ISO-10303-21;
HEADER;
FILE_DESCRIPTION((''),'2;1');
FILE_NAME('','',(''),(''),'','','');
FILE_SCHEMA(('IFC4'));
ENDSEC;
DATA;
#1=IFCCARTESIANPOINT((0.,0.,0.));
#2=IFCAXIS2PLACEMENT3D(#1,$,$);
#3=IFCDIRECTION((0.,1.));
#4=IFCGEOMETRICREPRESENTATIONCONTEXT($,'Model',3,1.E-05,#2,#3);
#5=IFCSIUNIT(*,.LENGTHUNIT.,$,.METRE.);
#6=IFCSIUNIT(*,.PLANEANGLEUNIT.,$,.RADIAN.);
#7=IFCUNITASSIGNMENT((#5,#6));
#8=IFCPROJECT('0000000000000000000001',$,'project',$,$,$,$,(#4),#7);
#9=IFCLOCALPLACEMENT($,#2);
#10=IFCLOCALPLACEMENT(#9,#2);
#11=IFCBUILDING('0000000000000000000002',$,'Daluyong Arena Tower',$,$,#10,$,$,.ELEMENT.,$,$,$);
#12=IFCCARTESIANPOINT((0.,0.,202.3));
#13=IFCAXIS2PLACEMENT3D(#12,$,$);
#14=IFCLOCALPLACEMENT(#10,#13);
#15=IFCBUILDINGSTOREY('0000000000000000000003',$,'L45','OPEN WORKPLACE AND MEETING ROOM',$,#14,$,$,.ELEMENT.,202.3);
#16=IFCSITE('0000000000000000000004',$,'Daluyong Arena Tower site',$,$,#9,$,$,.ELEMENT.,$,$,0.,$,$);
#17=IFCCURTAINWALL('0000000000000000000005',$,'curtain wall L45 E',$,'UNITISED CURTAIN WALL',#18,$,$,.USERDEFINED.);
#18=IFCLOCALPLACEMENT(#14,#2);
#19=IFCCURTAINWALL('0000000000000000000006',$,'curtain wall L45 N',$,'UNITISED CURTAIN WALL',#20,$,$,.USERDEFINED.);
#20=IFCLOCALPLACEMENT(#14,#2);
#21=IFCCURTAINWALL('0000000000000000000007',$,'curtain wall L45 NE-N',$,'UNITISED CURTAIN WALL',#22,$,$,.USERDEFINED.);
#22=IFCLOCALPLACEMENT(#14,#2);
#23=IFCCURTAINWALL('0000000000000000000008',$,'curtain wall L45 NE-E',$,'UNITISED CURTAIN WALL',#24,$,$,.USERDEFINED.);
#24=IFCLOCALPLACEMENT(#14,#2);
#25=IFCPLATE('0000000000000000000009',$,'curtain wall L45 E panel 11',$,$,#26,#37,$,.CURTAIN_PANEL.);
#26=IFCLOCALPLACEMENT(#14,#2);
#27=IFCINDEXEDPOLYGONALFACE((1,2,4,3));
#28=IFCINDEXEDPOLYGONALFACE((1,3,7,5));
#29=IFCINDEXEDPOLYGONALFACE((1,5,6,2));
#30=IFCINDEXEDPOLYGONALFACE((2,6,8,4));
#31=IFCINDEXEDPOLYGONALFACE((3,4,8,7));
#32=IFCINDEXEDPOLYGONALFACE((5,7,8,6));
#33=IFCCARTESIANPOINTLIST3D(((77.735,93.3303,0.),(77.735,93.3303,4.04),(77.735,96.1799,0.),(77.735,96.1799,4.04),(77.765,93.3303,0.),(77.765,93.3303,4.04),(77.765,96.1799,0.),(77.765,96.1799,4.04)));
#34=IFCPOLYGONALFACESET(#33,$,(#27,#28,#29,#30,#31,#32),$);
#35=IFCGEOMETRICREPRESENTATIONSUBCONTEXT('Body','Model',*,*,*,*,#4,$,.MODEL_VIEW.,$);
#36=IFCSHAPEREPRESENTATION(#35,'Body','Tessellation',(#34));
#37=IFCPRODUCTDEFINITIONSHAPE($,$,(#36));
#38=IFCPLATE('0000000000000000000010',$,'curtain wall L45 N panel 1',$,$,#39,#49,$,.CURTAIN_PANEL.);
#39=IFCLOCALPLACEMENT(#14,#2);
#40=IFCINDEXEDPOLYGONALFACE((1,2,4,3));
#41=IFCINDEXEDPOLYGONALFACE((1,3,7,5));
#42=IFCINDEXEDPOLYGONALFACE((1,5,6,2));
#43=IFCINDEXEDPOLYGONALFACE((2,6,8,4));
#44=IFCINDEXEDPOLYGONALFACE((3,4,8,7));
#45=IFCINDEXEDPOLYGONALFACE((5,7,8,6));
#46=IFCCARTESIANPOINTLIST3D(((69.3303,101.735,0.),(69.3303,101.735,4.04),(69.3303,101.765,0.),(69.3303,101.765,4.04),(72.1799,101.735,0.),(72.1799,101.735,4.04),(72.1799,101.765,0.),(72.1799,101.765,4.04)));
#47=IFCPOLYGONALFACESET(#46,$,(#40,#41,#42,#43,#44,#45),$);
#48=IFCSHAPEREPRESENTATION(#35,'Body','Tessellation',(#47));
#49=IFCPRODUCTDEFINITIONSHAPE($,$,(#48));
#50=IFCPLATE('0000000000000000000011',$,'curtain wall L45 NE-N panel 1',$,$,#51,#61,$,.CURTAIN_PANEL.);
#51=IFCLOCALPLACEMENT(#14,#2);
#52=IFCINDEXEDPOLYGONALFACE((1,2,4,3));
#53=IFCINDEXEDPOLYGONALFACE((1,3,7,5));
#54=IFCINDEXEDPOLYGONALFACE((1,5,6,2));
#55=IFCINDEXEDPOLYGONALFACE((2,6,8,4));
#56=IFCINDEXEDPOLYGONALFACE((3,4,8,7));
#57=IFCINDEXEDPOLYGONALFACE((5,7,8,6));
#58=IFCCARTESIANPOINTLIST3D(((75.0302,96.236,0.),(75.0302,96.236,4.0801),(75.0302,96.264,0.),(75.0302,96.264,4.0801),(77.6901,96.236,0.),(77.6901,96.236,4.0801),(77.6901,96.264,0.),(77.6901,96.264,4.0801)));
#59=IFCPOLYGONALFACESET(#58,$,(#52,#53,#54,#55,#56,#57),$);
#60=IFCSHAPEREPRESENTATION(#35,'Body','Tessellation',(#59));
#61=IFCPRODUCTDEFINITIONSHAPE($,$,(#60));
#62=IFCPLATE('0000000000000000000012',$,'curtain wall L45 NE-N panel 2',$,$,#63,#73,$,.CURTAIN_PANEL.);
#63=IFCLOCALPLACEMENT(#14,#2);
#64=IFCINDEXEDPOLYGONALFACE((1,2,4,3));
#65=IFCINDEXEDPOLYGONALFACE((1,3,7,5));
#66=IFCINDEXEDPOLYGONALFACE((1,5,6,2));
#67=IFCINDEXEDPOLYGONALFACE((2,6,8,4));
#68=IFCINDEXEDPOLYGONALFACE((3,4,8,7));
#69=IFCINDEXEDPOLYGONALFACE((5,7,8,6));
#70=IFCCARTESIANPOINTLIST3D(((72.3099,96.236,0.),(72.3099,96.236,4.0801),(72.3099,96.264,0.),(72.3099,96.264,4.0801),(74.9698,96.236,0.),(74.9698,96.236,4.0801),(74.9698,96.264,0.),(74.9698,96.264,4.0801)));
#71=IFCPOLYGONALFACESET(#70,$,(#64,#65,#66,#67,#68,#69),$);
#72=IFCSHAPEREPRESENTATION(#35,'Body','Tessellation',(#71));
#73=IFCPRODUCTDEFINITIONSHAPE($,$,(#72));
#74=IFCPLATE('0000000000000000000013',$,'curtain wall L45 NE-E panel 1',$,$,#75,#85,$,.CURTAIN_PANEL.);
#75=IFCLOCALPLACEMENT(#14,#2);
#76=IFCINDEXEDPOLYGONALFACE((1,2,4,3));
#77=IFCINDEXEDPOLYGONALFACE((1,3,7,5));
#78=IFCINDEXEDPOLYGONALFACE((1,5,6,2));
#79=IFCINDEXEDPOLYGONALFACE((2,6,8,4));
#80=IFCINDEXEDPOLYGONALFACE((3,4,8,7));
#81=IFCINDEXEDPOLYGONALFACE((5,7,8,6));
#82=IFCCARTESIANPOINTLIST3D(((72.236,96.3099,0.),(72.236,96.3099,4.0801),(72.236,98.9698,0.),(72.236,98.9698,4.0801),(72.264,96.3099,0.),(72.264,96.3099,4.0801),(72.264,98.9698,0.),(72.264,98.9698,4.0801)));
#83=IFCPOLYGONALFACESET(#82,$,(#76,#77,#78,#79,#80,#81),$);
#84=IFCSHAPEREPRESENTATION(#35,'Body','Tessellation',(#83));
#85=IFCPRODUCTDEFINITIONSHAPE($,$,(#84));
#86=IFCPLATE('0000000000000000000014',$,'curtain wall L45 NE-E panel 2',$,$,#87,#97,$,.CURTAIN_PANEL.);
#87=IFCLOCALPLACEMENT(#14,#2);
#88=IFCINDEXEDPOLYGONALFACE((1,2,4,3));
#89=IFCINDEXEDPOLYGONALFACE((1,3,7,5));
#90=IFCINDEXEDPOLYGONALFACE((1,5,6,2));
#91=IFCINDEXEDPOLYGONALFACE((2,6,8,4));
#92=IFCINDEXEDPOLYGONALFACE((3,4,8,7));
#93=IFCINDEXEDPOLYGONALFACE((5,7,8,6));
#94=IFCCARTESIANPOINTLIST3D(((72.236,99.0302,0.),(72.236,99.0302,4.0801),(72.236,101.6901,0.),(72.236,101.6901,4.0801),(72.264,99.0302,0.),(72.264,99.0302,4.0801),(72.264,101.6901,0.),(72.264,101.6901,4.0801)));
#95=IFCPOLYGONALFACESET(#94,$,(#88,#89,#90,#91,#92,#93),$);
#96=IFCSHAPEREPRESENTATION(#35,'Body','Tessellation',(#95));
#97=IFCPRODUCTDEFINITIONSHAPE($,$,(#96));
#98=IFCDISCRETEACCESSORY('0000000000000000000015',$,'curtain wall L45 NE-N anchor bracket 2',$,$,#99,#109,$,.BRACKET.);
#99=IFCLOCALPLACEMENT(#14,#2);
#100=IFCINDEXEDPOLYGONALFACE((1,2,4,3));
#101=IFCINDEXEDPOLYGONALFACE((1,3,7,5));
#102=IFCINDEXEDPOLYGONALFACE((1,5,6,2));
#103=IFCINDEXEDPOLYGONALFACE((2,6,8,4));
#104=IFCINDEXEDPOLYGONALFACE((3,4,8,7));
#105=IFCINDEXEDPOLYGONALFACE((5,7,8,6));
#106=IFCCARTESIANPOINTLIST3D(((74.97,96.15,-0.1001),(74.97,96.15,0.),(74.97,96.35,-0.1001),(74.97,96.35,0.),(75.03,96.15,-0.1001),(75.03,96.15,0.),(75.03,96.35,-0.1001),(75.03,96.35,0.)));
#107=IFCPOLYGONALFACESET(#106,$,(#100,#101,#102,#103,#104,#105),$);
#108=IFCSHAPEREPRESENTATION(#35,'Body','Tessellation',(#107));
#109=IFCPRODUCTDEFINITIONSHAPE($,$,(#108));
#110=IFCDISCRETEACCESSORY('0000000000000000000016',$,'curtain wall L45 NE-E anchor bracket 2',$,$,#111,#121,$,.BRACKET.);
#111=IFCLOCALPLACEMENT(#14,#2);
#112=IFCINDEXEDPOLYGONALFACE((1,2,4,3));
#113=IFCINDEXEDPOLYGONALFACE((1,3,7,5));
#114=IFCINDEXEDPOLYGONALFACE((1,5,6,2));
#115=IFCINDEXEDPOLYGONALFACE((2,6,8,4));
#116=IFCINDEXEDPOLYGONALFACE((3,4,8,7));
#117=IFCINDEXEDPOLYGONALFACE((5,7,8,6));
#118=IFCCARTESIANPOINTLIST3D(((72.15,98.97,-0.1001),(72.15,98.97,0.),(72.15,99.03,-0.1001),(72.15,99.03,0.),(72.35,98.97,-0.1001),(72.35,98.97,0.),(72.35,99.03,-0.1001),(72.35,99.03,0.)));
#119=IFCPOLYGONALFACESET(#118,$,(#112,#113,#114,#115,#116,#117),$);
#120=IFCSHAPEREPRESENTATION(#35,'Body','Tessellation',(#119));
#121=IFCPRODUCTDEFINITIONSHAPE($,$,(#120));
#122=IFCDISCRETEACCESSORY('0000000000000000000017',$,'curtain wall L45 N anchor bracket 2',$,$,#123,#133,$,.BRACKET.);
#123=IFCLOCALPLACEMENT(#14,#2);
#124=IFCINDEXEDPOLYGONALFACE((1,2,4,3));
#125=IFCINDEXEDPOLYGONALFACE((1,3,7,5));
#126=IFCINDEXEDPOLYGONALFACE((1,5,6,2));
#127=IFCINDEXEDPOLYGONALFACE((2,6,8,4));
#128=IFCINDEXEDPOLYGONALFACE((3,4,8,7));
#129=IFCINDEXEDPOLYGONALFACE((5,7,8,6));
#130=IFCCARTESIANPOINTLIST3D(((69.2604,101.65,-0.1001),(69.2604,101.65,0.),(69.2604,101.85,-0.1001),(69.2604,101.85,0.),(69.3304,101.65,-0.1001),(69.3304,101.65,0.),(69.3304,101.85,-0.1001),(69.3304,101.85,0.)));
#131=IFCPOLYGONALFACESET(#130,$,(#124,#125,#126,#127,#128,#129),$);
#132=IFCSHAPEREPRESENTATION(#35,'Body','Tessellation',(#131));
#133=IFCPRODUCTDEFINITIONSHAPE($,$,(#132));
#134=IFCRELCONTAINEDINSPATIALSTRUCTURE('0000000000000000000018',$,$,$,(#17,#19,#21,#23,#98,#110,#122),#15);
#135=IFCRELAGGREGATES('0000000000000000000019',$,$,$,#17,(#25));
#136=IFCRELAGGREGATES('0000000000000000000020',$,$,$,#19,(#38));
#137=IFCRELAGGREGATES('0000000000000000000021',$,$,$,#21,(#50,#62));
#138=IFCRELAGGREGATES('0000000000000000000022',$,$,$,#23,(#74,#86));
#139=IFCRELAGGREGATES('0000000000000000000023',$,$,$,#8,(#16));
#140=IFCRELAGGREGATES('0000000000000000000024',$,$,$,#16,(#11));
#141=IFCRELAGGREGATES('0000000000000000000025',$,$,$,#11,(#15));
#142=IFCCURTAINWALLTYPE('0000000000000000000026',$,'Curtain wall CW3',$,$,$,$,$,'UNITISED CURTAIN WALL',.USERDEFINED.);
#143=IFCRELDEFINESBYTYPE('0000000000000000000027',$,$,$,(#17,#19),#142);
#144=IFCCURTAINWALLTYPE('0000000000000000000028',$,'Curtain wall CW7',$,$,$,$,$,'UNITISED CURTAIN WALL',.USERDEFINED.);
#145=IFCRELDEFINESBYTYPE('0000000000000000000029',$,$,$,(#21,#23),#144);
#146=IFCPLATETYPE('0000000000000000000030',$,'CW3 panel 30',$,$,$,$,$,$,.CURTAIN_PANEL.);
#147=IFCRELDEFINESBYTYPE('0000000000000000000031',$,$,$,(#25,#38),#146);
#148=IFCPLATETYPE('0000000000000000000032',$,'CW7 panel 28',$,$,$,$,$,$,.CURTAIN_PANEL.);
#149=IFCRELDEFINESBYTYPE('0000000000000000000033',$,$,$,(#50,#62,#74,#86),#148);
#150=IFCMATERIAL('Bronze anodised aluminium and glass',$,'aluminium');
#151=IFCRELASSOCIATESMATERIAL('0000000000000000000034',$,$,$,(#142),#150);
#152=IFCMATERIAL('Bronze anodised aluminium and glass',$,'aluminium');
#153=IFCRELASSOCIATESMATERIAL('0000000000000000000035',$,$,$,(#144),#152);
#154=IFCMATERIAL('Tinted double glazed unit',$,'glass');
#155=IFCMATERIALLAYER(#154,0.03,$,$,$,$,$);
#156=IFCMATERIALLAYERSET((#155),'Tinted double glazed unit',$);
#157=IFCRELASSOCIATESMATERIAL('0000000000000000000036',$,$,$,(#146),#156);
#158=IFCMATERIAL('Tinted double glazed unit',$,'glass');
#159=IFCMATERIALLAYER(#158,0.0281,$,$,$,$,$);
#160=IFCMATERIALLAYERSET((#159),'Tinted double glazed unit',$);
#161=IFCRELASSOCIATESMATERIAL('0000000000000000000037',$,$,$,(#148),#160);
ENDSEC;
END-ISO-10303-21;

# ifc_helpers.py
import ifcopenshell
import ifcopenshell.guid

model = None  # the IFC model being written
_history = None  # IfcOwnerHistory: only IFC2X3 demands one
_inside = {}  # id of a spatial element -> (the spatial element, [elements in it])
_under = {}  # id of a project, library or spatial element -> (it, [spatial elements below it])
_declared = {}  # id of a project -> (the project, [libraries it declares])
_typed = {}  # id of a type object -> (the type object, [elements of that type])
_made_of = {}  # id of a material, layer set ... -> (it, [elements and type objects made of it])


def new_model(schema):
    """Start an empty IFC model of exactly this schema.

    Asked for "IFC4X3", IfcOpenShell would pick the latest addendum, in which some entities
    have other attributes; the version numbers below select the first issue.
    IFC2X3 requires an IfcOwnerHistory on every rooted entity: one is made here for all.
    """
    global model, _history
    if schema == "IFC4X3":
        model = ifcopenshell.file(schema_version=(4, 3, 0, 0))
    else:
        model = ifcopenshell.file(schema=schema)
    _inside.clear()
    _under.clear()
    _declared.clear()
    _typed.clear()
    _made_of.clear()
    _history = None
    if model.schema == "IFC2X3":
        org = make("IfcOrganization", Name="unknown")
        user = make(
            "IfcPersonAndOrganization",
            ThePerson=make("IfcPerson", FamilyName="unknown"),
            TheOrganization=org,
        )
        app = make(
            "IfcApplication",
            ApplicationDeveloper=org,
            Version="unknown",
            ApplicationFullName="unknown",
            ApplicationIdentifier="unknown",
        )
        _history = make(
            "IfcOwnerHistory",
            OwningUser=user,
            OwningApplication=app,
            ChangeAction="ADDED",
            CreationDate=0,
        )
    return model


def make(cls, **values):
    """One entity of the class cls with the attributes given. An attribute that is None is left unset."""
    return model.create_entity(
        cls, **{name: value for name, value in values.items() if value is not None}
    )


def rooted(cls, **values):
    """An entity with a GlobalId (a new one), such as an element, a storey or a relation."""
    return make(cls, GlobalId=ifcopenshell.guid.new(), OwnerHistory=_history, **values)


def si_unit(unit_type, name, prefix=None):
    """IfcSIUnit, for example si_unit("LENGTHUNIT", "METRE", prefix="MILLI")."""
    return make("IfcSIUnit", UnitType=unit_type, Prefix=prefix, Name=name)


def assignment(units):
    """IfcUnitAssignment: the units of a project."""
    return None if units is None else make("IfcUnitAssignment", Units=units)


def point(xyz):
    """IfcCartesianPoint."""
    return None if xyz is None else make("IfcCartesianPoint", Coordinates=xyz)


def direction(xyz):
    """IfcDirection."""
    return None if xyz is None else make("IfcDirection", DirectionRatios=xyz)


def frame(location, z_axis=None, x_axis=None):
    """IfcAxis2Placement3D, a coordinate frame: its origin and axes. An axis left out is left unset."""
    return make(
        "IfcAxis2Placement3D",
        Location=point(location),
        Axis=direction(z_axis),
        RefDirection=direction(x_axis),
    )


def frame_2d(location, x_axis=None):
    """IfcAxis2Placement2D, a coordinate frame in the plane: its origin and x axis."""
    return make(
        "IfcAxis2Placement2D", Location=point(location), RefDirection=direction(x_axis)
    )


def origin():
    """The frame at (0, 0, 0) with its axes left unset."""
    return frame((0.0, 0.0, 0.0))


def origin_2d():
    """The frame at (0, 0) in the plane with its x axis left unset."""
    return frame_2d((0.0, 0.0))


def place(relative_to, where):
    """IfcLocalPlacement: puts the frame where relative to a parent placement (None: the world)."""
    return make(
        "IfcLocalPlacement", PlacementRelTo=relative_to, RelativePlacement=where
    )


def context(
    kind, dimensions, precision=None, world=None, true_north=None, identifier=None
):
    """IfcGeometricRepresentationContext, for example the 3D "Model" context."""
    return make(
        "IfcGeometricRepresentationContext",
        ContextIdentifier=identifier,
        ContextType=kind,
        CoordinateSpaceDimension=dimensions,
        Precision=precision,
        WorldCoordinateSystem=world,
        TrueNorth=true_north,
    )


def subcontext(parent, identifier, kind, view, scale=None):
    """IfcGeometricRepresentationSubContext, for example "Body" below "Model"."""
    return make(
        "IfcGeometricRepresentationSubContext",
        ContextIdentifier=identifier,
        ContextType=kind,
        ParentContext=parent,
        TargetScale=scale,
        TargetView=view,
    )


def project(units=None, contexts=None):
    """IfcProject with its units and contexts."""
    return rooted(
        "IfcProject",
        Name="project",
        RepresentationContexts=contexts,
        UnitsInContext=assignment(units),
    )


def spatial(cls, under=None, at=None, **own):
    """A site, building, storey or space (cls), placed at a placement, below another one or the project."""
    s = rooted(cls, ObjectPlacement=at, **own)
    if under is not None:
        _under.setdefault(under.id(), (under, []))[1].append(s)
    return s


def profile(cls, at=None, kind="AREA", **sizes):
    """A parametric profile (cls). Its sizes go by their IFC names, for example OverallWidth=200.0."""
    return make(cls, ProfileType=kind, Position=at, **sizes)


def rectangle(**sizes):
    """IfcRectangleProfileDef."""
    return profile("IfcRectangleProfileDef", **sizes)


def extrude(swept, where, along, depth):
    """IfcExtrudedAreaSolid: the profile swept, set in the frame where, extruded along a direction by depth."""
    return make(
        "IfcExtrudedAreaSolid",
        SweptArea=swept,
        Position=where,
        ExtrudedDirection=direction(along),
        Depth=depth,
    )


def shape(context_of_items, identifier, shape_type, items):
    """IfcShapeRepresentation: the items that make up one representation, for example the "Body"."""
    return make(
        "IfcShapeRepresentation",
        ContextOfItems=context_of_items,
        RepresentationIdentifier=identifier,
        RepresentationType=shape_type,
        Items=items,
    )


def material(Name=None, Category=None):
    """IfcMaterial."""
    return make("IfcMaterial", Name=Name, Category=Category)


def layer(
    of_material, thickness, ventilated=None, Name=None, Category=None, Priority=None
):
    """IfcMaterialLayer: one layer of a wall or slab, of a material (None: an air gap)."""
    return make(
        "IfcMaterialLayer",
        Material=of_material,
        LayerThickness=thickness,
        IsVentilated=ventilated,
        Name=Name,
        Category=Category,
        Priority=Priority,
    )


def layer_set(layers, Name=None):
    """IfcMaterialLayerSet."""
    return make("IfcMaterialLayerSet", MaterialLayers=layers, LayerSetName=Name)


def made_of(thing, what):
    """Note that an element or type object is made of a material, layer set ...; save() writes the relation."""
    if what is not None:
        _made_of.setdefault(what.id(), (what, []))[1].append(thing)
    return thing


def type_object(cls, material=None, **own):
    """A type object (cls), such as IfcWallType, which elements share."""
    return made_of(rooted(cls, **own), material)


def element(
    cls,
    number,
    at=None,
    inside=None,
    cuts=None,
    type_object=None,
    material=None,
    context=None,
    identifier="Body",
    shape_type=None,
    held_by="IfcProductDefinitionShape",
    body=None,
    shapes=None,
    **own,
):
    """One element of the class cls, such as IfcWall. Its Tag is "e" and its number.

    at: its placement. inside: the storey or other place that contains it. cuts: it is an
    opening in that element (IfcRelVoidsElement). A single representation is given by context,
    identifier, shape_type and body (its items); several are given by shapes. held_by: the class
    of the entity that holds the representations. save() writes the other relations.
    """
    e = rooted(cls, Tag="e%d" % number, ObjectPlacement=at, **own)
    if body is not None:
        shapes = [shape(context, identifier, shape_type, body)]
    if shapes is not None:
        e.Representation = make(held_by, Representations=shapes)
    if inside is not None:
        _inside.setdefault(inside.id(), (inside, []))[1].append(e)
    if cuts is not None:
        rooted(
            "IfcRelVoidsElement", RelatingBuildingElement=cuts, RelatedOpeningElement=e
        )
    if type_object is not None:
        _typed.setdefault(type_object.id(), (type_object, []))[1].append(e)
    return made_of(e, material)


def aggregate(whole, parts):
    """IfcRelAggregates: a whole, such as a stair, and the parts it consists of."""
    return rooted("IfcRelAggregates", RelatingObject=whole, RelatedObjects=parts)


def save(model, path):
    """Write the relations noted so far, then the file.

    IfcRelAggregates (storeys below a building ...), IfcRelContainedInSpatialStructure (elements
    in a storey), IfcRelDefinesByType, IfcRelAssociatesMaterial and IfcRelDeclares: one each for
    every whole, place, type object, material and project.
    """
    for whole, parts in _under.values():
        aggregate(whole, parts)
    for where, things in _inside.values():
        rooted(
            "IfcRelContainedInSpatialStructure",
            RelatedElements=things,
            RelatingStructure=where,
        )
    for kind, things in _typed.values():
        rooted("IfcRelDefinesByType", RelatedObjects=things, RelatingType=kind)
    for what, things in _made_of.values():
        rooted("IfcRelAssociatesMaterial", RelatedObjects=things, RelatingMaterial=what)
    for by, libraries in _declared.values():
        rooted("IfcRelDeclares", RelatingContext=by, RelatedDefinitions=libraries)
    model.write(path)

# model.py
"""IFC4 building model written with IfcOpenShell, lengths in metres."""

from ifc_helpers import new_model, si_unit, direction, frame, origin, origin_2d, place, context, subcontext, project, spatial, rectangle, extrude, material, layer, layer_set, type_object, element, aggregate, save


model = new_model("IFC4")

# Units and contexts
model_context = context("Model", 3, precision=1e-05, world=origin(), true_north=direction((0.0, 1.0)))
body_context = subcontext(model_context, "Body", "Model", "MODEL_VIEW")
ifc_project = project(units=[si_unit("LENGTHUNIT", "METRE"), si_unit("PLANEANGLEUNIT", "RADIAN")], contexts=[model_context])

# Site, building, storey
site_placement = place(None, origin())
site = spatial("IfcSite", under=ifc_project, at=site_placement, Name="Daluyong Arena Tower site", CompositionType="ELEMENT", RefElevation=0.0)
building_placement = place(site_placement, origin())
building = spatial("IfcBuilding", under=site, at=building_placement, Name="Daluyong Arena Tower", CompositionType="ELEMENT")
storey_placement = place(building_placement, frame((0.0, 0.0, 202.3)))
storey = spatial("IfcBuildingStorey", under=building, at=storey_placement, Name="L45", Description="OPEN WORKPLACE AND MEETING ROOM", CompositionType="ELEMENT", Elevation=202.3)

# Curtain wall
ifc_material_1 = material(Name="Bronze anodised aluminium and glass", Category="aluminium")
curtain_wall_type_1 = type_object("IfcCurtainWallType", Name="Curtain wall CW3", ElementType="UNITISED CURTAIN WALL", PredefinedType="USERDEFINED", material=ifc_material_1)
curtain_wall_1_placement = place(storey_placement, origin())
curtain_wall_1 = element("IfcCurtainWall", 1, at=curtain_wall_1_placement, inside=storey, type_object=curtain_wall_type_1, Name="curtain wall L45 E", ObjectType="UNITISED CURTAIN WALL", PredefinedType="USERDEFINED")

# Curtain walls
curtain_wall_2_placement = place(storey_placement, origin())
curtain_wall_2 = element("IfcCurtainWall", 2, at=curtain_wall_2_placement, inside=storey, type_object=curtain_wall_type_1, Name="curtain wall L45 N", ObjectType="UNITISED CURTAIN WALL", PredefinedType="USERDEFINED")
ifc_material_2 = material(Name="Bronze anodised aluminium and glass", Category="aluminium")
curtain_wall_type_2 = type_object("IfcCurtainWallType", Name="Curtain wall CW7", ElementType="UNITISED CURTAIN WALL", PredefinedType="USERDEFINED", material=ifc_material_2)
curtain_wall_3_placement = place(storey_placement, origin())
curtain_wall_3 = element("IfcCurtainWall", 3, at=curtain_wall_3_placement, inside=storey, type_object=curtain_wall_type_2, Name="curtain wall L45 NE-N", ObjectType="UNITISED CURTAIN WALL", PredefinedType="USERDEFINED")
curtain_wall_4_placement = place(storey_placement, origin())
curtain_wall_4 = element("IfcCurtainWall", 4, at=curtain_wall_4_placement, inside=storey, type_object=curtain_wall_type_2, Name="curtain wall L45 NE-E", ObjectType="UNITISED CURTAIN WALL", PredefinedType="USERDEFINED")

# Plates
ifc_material_3 = material(Name="Tinted double glazed unit", Category="glass")
ifc_layer_1 = layer(ifc_material_3, 0.03)
ifc_layer_set_1 = layer_set([ifc_layer_1], Name="Tinted double glazed unit")
plate_type_1 = type_object("IfcPlateType", Name="CW3 panel 30", PredefinedType="CURTAIN_PANEL", material=ifc_layer_set_1)
plate_1_placement = place(storey_placement, frame((77.75, 94.7551, 0.0), z_axis=(0.0, 0.0, 1.0), x_axis=(0.0, 1.0, 0.0)))
plate_1 = element("IfcPlate", 5, at=plate_1_placement, type_object=plate_type_1, Name="curtain wall L45 E panel 11", PredefinedType="CURTAIN_PANEL", context=body_context, shape_type="SweptSolid", body=[
    extrude(rectangle(XDim=2.8496, YDim=0.03, at=origin_2d()), origin(), (0.0, 0.0, 1.0), 4.04),
])
aggregate(curtain_wall_1, [plate_1])
plate_2_placement = place(storey_placement, frame((70.7551, 101.75, 0.0), z_axis=(0.0, 0.0, 1.0), x_axis=(-1.0, 0.0, 0.0)))
plate_2 = element("IfcPlate", 6, at=plate_2_placement, type_object=plate_type_1, Name="curtain wall L45 N panel 1", PredefinedType="CURTAIN_PANEL", context=body_context, shape_type="SweptSolid", body=[
    extrude(rectangle(XDim=2.8496, YDim=0.03, at=origin_2d()), origin(), (0.0, 0.0, 1.0), 4.04),
])
aggregate(curtain_wall_2, [plate_2])
ifc_material_4 = material(Name="Tinted double glazed unit", Category="glass")
ifc_layer_2 = layer(ifc_material_4, 0.0281)
ifc_layer_set_2 = layer_set([ifc_layer_2], Name="Tinted double glazed unit")
plate_type_2 = type_object("IfcPlateType", Name="CW7 panel 28", PredefinedType="CURTAIN_PANEL", material=ifc_layer_set_2)
plate_3_placement = place(storey_placement, frame((76.3601, 96.25, 0.0), z_axis=(0.0, 0.0, 1.0), x_axis=(-1.0, 0.0, 0.0)))
plate_3 = element("IfcPlate", 7, at=plate_3_placement, type_object=plate_type_2, Name="curtain wall L45 NE-N panel 1", PredefinedType="CURTAIN_PANEL", context=body_context, shape_type="SweptSolid", body=[
    extrude(rectangle(XDim=2.6599, YDim=0.0281, at=origin_2d()), origin(), (0.0, 0.0, 1.0), 4.0801),
])
plate_4_placement = place(storey_placement, frame((73.6399, 96.25, 0.0), z_axis=(0.0, 0.0, 1.0), x_axis=(-1.0, 0.0, 0.0)))
plate_4 = element("IfcPlate", 8, at=plate_4_placement, type_object=plate_type_2, Name="curtain wall L45 NE-N panel 2", PredefinedType="CURTAIN_PANEL", context=body_context, shape_type="SweptSolid", body=[
    extrude(rectangle(XDim=2.6599, YDim=0.0281, at=origin_2d()), origin(), (0.0, 0.0, 1.0), 4.0801),
])
aggregate(curtain_wall_3, [plate_3, plate_4])
plate_5_placement = place(storey_placement, frame((72.25, 97.6399, 0.0), z_axis=(0.0, 0.0, 1.0), x_axis=(0.0, 1.0, 0.0)))
plate_5 = element("IfcPlate", 9, at=plate_5_placement, type_object=plate_type_2, Name="curtain wall L45 NE-E panel 1", PredefinedType="CURTAIN_PANEL", context=body_context, shape_type="SweptSolid", body=[
    extrude(rectangle(XDim=2.6599, YDim=0.0281, at=origin_2d()), origin(), (0.0, 0.0, 1.0), 4.0801),
])
plate_6_placement = place(storey_placement, frame((72.25, 100.3601, 0.0), z_axis=(0.0, 0.0, 1.0), x_axis=(0.0, 1.0, 0.0)))
plate_6 = element("IfcPlate", 10, at=plate_6_placement, type_object=plate_type_2, Name="curtain wall L45 NE-E panel 2", PredefinedType="CURTAIN_PANEL", context=body_context, shape_type="SweptSolid", body=[
    extrude(rectangle(XDim=2.6599, YDim=0.0281, at=origin_2d()), origin(), (0.0, 0.0, 1.0), 4.0801),
])
aggregate(curtain_wall_4, [plate_5, plate_6])

# Discrete accessories
for number, where, z_axis, x_axis, name in (
    (11, (75.0, 96.25, -0.1001), (0.0, 0.0, 1.0), (-1.0, 0.0, 0.0), "curtain wall L45 NE-N anchor bracket 2"),
    (12, (72.25, 99.0, -0.1001), (0.0, 0.0, 1.0), (0.0, 1.0, 0.0), "curtain wall L45 NE-E anchor bracket 2"),
):
    element("IfcDiscreteAccessory", number, at=place(storey_placement, frame(where, z_axis=z_axis, x_axis=x_axis)), inside=storey, Name=name, PredefinedType="BRACKET", context=body_context, shape_type="SweptSolid", body=[
        extrude(rectangle(XDim=0.0601, YDim=0.2, at=origin_2d()), origin(), (0.0, 0.0, 1.0), 0.1001),
    ])
discrete_accessory_placement = place(storey_placement, frame((69.2954, 101.75, -0.1001), z_axis=(0.0, 0.0, 1.0), x_axis=(-1.0, 0.0, 0.0)))
element("IfcDiscreteAccessory", 13, at=discrete_accessory_placement, inside=storey, Name="curtain wall L45 N anchor bracket 2", PredefinedType="BRACKET", context=body_context, shape_type="SweptSolid", body=[
    extrude(rectangle(XDim=0.0701, YDim=0.2, at=origin_2d()), origin(), (0.0, 0.0, 1.0), 0.1001),
])

save(model, "model.ifc")
